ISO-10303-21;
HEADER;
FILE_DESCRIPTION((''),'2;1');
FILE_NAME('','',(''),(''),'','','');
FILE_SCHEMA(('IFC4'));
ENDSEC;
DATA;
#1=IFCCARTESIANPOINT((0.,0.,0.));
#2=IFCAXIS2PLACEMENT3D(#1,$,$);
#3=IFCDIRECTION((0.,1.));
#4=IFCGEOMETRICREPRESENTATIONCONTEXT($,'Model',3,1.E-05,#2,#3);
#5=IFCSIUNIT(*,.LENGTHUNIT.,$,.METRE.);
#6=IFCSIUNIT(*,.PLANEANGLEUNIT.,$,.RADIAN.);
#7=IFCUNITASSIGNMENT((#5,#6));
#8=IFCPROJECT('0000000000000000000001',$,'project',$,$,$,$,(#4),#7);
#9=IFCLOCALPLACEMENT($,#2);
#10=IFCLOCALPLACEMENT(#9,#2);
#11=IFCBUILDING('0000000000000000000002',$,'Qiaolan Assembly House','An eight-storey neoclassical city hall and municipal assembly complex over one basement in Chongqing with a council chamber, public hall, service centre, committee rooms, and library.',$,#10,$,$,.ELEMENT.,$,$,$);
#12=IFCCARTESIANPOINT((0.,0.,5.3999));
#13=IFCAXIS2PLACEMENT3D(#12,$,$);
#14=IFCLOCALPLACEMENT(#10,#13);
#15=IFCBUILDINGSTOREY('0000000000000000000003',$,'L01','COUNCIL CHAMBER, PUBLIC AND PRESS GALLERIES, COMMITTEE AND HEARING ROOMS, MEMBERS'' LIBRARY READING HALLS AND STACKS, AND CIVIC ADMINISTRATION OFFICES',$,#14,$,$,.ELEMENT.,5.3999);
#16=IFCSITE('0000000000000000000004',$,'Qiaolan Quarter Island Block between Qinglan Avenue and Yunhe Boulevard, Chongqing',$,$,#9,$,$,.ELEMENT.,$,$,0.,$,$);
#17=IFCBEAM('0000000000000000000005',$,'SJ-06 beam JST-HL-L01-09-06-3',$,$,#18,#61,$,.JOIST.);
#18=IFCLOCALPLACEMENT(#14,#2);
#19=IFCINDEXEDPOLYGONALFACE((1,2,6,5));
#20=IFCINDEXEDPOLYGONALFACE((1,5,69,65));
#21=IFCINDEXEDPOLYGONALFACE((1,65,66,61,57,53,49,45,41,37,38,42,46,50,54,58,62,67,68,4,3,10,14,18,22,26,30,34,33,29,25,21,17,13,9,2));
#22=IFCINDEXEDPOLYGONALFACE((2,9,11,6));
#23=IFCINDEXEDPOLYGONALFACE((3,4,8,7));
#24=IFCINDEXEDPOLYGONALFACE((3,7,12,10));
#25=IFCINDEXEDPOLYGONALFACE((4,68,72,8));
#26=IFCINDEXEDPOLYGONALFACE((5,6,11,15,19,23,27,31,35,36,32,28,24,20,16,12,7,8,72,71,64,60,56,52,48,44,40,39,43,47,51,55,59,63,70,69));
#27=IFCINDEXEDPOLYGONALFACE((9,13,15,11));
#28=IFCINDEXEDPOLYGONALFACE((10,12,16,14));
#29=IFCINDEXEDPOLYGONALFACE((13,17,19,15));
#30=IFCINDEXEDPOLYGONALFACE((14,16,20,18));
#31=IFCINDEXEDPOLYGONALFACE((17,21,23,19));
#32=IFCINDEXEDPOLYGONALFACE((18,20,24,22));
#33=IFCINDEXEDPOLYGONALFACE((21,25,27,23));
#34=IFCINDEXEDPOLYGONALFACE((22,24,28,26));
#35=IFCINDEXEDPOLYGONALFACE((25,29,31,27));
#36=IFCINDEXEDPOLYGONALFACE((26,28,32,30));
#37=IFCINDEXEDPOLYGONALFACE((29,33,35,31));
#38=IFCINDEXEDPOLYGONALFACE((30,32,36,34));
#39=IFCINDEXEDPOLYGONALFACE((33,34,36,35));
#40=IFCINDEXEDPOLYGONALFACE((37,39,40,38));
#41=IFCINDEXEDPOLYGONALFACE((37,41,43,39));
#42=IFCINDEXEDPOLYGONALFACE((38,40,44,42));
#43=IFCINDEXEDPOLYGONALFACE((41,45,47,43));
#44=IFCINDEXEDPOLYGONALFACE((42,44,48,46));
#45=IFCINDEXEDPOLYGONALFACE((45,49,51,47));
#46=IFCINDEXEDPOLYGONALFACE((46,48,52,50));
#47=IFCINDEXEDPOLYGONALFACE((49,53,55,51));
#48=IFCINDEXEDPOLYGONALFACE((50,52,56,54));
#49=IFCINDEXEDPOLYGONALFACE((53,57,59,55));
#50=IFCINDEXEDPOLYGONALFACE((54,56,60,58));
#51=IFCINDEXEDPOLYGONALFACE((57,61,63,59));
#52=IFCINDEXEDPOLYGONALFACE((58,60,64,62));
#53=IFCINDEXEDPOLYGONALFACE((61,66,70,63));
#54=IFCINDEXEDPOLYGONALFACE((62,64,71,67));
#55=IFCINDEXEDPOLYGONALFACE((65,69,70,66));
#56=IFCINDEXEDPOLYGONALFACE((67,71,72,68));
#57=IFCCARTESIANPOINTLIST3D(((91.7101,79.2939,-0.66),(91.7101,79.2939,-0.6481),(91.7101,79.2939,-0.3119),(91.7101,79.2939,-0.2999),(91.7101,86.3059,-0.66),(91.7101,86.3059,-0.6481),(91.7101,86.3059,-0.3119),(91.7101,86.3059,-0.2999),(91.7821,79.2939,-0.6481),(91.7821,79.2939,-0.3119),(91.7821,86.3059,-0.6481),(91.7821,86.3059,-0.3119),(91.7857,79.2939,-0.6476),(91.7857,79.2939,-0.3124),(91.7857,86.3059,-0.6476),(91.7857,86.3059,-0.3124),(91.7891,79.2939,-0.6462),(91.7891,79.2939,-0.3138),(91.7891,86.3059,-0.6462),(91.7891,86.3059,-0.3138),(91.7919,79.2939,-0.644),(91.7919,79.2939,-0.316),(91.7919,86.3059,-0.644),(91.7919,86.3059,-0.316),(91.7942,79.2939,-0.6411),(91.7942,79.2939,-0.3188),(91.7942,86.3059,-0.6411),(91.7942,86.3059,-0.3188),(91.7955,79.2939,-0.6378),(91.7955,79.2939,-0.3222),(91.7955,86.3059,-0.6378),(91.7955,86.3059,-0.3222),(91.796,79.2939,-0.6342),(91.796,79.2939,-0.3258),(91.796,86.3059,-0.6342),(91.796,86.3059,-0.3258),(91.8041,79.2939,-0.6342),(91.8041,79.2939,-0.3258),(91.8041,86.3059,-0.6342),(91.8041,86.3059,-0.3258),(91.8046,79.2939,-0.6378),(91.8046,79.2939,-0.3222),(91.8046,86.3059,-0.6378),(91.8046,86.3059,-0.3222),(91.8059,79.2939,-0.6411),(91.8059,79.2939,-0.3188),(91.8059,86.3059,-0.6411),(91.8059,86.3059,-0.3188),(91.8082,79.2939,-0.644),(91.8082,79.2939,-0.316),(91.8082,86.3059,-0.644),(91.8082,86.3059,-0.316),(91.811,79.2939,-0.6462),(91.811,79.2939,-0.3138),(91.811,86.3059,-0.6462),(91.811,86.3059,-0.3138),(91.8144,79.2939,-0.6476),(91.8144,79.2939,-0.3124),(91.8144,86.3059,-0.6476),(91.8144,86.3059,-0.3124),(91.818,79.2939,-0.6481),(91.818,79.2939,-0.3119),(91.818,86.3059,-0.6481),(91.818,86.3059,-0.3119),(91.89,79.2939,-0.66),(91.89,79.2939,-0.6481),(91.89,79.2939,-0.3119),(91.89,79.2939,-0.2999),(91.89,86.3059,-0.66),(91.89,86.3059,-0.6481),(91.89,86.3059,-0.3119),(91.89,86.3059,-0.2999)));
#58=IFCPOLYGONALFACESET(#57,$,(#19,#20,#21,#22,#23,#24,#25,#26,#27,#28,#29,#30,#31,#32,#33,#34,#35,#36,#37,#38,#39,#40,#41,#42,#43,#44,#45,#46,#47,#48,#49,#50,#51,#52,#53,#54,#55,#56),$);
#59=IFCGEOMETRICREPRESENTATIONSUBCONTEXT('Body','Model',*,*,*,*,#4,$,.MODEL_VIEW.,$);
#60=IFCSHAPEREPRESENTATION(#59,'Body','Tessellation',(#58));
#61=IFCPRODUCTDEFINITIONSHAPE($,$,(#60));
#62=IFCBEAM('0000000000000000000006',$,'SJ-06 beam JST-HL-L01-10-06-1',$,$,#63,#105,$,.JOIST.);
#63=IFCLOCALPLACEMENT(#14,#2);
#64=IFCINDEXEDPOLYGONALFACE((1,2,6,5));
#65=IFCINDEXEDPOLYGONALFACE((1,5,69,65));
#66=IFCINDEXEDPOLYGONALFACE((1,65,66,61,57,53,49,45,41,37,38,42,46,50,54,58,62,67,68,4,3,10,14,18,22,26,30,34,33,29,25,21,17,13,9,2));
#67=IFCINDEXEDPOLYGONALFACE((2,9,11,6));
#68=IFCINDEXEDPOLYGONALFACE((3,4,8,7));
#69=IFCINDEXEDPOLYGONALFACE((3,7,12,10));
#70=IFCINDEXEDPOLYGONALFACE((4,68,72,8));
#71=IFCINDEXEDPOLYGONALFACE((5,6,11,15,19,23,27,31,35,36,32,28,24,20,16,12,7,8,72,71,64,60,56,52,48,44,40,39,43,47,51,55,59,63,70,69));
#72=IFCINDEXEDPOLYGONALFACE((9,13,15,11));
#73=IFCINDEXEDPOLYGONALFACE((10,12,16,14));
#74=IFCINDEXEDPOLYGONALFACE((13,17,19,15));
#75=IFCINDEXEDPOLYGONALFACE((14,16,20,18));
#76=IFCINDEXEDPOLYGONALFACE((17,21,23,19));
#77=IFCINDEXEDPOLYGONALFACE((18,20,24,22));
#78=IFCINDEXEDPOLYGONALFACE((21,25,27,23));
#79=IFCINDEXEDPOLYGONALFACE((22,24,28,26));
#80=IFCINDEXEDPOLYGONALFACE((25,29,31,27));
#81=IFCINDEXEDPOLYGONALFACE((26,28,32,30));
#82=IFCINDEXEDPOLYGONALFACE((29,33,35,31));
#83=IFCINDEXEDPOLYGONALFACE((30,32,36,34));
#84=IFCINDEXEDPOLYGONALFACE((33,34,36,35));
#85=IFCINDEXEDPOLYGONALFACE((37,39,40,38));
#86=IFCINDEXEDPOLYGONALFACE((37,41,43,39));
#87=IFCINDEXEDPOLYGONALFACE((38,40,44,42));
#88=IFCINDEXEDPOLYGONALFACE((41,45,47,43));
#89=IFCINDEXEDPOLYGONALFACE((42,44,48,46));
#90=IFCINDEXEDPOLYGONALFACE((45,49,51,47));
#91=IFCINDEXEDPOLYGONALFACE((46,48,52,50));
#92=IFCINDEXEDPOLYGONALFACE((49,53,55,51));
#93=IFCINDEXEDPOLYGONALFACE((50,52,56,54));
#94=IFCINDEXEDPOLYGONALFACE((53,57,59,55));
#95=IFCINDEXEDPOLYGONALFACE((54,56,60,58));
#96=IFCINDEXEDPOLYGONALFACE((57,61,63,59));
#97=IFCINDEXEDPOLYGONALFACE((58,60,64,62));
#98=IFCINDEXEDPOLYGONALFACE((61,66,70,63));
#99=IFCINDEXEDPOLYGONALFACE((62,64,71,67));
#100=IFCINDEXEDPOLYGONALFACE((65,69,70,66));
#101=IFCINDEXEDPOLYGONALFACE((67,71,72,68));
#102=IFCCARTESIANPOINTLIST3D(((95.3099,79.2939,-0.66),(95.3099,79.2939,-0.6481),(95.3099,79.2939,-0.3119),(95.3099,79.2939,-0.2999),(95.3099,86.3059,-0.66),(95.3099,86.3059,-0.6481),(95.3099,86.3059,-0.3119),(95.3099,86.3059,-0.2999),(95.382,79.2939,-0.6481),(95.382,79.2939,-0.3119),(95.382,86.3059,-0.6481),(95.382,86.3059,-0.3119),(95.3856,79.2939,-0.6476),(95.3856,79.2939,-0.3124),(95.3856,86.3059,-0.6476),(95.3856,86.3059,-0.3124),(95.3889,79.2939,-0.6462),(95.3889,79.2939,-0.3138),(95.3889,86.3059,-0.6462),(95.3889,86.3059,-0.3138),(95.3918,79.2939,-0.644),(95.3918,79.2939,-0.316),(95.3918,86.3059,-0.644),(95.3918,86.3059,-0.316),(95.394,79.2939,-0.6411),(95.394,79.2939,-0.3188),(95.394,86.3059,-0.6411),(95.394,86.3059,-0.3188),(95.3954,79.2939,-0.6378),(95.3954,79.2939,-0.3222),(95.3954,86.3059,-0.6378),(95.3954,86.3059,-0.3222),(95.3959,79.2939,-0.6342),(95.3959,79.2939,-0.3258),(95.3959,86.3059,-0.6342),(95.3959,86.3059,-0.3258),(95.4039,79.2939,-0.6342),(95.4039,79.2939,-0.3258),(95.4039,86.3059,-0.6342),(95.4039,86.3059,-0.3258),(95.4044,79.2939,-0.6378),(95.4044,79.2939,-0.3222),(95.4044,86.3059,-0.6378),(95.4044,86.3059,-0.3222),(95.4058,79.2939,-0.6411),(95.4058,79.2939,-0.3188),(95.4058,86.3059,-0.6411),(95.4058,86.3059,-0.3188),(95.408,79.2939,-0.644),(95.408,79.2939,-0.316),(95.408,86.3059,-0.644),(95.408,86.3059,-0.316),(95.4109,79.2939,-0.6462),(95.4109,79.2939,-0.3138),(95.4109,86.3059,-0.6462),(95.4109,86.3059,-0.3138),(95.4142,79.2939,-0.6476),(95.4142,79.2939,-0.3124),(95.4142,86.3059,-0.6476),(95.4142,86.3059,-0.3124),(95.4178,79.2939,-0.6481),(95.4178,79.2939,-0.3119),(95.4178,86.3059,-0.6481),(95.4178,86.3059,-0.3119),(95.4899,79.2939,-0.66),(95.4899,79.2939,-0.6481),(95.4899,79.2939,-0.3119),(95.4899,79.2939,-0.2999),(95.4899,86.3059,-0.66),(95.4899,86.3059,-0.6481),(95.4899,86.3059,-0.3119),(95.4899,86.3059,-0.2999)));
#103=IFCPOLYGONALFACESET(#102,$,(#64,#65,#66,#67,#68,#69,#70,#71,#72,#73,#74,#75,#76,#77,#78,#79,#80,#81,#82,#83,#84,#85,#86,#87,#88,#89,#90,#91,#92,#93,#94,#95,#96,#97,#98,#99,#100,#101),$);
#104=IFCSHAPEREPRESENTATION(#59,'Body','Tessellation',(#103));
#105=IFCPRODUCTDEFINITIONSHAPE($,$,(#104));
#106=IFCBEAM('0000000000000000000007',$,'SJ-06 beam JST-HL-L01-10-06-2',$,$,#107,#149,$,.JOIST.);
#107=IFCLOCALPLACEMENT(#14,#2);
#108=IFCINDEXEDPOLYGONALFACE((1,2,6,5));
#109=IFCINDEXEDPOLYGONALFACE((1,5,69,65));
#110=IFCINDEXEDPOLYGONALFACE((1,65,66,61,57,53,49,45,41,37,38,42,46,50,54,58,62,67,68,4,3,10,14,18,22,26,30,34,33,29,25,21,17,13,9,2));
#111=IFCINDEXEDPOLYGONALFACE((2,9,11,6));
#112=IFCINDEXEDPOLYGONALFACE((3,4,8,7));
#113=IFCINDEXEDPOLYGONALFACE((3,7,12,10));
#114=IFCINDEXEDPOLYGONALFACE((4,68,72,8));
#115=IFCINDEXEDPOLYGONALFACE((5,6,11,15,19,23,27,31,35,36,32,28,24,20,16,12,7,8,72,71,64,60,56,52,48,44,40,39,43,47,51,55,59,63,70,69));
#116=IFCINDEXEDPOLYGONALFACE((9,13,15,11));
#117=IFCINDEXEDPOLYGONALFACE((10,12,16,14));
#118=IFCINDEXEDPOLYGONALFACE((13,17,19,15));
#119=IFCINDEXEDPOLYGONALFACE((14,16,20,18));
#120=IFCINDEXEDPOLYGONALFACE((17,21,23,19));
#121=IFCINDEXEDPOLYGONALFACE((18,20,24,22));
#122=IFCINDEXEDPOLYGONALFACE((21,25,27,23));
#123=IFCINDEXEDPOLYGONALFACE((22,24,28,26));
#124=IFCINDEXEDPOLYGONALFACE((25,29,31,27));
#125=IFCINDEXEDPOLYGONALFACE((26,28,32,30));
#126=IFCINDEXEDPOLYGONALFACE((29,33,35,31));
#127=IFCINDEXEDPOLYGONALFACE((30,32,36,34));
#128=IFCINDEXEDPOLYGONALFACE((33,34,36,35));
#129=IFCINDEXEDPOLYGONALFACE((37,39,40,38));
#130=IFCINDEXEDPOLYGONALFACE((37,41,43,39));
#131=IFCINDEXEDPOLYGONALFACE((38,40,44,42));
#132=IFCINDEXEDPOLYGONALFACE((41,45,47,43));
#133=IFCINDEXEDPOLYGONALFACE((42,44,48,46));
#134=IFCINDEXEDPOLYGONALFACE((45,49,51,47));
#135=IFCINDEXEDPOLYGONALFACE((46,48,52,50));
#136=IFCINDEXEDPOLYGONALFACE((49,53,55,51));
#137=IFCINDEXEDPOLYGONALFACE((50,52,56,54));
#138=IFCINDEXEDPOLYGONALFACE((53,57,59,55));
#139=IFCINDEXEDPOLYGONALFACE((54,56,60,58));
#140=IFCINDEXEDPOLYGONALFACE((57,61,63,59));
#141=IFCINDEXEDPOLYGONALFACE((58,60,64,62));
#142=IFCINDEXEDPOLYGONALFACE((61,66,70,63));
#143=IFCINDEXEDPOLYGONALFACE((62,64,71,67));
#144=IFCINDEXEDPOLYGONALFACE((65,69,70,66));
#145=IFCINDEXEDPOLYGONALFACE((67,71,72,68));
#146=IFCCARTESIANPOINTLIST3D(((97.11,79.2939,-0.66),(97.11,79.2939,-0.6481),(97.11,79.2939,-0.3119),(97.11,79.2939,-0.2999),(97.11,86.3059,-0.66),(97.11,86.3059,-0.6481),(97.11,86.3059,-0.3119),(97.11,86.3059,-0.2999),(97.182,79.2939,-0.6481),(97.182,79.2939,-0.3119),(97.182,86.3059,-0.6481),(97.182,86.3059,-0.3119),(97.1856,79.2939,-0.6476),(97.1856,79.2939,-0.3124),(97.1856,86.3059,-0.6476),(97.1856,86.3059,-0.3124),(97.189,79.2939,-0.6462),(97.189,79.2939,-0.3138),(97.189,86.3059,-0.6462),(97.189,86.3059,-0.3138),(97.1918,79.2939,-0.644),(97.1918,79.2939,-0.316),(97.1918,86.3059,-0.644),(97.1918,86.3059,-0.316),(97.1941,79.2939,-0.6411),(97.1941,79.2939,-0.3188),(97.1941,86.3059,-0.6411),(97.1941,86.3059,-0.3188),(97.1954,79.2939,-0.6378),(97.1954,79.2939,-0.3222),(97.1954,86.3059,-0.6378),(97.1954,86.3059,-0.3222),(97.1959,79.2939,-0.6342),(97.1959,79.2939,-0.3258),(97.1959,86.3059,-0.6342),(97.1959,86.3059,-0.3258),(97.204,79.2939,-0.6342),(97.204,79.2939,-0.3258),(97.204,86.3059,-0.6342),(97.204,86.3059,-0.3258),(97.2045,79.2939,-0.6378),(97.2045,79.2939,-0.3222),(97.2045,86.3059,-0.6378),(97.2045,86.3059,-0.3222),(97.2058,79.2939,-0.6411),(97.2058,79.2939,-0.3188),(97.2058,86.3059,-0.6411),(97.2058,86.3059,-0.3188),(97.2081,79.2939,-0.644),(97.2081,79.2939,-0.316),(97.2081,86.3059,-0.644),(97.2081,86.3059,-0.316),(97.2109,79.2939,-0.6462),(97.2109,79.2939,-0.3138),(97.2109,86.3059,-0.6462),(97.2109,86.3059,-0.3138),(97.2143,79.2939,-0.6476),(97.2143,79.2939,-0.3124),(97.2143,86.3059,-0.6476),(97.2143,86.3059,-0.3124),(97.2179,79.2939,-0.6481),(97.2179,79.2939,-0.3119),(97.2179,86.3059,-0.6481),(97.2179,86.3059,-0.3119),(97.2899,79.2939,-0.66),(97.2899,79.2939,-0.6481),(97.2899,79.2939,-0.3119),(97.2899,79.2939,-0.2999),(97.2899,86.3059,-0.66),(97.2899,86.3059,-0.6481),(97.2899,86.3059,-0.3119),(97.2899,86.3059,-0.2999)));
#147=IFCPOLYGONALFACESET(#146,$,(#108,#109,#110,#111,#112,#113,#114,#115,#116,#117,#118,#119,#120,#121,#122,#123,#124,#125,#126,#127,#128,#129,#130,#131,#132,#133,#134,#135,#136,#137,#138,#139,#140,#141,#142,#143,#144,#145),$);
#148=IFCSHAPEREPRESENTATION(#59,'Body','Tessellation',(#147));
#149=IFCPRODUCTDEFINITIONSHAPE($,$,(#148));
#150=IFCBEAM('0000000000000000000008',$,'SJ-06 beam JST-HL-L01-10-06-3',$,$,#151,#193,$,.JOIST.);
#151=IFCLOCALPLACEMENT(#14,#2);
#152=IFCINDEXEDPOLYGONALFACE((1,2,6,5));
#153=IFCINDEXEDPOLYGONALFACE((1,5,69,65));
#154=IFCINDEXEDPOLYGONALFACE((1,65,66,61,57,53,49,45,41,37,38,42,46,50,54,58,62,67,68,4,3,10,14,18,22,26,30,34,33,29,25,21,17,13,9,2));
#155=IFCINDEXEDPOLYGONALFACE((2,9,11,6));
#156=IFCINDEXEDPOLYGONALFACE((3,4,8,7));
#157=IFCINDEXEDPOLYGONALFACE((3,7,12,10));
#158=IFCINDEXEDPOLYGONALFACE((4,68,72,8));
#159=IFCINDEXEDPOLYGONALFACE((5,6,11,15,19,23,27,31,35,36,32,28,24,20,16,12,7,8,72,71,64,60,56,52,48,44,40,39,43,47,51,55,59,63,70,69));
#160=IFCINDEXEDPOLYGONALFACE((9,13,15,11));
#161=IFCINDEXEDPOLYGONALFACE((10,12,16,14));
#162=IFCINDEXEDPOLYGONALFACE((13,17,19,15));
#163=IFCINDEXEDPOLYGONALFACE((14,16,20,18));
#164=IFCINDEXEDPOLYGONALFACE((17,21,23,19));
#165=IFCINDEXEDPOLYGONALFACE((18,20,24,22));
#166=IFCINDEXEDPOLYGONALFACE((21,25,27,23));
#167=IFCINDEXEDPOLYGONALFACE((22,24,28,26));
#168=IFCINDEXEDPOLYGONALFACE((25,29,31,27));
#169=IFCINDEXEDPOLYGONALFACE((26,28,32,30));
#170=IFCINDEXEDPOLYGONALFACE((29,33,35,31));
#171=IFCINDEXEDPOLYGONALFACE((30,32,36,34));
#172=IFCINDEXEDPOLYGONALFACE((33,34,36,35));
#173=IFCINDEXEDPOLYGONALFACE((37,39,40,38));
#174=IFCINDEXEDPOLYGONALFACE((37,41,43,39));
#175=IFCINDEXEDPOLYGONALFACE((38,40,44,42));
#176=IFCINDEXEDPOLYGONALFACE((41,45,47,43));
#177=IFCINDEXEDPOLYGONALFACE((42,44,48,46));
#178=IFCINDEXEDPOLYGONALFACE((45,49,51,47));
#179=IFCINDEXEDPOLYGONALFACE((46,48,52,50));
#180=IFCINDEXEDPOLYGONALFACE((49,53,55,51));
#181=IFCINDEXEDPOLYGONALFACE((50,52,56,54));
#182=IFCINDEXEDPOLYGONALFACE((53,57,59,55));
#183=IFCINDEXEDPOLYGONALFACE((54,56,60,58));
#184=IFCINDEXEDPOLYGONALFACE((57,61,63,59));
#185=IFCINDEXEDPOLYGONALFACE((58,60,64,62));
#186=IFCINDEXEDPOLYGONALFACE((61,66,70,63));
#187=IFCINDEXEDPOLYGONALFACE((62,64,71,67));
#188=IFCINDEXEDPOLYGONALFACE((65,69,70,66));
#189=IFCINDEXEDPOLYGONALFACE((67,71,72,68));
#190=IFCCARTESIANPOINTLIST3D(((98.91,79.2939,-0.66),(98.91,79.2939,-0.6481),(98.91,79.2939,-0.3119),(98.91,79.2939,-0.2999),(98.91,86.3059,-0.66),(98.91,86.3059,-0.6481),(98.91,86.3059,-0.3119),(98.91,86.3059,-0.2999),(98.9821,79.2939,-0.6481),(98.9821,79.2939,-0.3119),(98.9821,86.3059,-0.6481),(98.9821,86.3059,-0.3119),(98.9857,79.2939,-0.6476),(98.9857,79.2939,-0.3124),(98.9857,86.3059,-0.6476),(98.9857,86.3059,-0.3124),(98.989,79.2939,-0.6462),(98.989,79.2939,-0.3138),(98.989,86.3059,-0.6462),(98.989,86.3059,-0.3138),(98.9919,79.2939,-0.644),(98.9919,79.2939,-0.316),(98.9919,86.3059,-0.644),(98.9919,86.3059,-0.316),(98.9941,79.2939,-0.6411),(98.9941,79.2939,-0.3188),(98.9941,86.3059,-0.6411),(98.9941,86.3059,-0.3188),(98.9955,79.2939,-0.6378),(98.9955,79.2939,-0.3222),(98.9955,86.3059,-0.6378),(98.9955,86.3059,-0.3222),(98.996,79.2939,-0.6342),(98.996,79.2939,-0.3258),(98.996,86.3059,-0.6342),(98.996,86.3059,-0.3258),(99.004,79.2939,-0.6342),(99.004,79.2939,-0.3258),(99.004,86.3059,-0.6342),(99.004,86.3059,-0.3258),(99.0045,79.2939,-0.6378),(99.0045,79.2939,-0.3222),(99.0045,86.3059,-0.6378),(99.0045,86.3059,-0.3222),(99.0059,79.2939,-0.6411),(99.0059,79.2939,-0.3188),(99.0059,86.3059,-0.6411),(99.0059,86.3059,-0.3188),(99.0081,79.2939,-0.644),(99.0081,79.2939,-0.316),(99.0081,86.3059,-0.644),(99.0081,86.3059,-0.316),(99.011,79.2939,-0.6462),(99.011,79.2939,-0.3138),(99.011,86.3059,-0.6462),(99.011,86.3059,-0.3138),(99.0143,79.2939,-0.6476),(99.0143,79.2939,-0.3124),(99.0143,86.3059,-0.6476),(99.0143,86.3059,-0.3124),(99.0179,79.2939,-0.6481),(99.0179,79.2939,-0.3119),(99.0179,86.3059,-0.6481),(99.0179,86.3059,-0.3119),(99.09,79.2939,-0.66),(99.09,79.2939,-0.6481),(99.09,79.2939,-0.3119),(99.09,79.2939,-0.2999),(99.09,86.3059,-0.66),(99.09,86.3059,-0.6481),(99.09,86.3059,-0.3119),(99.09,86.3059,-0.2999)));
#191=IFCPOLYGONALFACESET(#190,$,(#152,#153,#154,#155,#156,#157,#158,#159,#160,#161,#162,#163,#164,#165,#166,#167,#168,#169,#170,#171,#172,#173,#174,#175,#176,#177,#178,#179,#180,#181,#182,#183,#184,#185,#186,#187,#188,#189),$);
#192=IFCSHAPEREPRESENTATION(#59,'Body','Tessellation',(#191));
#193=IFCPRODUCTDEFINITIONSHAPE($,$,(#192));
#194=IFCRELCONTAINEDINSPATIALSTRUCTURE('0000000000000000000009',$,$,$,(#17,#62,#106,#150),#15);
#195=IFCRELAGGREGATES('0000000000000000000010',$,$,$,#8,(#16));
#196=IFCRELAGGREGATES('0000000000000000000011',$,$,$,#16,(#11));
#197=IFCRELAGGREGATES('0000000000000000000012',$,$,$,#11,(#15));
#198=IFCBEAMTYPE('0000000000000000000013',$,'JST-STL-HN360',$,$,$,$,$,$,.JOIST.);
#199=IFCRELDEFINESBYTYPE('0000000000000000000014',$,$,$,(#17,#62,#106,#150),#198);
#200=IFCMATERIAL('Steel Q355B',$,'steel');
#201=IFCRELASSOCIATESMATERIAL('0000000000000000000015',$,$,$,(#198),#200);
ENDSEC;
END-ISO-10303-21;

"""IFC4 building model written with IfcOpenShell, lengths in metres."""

from ifc_helpers import new_model, si_unit, direction, frame, origin, origin_2d, place, context, subcontext, project, spatial, i_section, extrude, material, material_profile, profile_set, type_object, element, save


model = new_model("IFC4")

# Units and contexts
model_context = context("Model", 3, precision=1e-05, world=origin(), true_north=direction((0.0, 1.0)))
body_context = subcontext(model_context, "Body", "Model", "MODEL_VIEW")
ifc_project = project(units=[si_unit("LENGTHUNIT", "METRE"), si_unit("PLANEANGLEUNIT", "RADIAN")], contexts=[model_context])

# Site, building, storey
site_placement = place(None, origin())
site = spatial("IfcSite", under=ifc_project, at=site_placement, Name="Qiaolan Quarter Island Block between Qinglan Avenue and Yunhe Boulevard, Chongqing", CompositionType="ELEMENT", RefElevation=0.0)
building_placement = place(site_placement, origin())
building = spatial("IfcBuilding", under=site, at=building_placement, Name="Qiaolan Assembly House", Description="An eight-storey neoclassical city hall and municipal assembly complex over one basement in Chongqing with a council chamber, public hall, service centre, committee rooms, and library.", CompositionType="ELEMENT")
storey_placement = place(building_placement, frame((0.0, 0.0, 5.3999)))
storey = spatial("IfcBuildingStorey", under=building, at=storey_placement, Name="L01", Description="COUNCIL CHAMBER, PUBLIC AND PRESS GALLERIES, COMMITTEE AND HEARING ROOMS, MEMBERS' LIBRARY READING HALLS AND STACKS, AND CIVIC ADMINISTRATION OFFICES", CompositionType="ELEMENT", Elevation=5.3999)

# Shared definitions
ifc_material_1 = material(Name="Steel Q355B", Category="steel")

# Beams
ifc_material_profile_1 = material_profile(ifc_material_1, i_section(OverallWidth=0.1799, OverallDepth=0.3601, WebThickness=0.0081, FlangeThickness=0.012, FilletRadius=0.0139, at=origin_2d()), Name="HN 360x180x8x12")
ifc_profile_set_1 = profile_set([ifc_material_profile_1], Name="Steel Q355B")
beam_type_1 = type_object("IfcBeamType", Name="JST-STL-HN360", PredefinedType="JOIST", material=ifc_profile_set_1)
for number, where, z_axis, x_axis, name in (
    (1, (91.8, 79.2939, -0.48), (0.0, 1.0, 0.0), (-1.0, 0.0, 0.0), "SJ-06 beam JST-HL-L01-09-06-3"),
    (2, (95.3999, 79.2939, -0.48), (0.0, 1.0, 0.0), (-1.0, 0.0, 0.0), "SJ-06 beam JST-HL-L01-10-06-1"),
    (3, (97.2, 79.2939, -0.48), (0.0, 1.0, 0.0), (-1.0, 0.0, 0.0), "SJ-06 beam JST-HL-L01-10-06-2"),
    (4, (99.0, 79.2939, -0.48), (0.0, 1.0, 0.0), (-1.0, 0.0, 0.0), "SJ-06 beam JST-HL-L01-10-06-3"),
):
    element("IfcBeam", number, at=place(storey_placement, frame(where, z_axis=z_axis, x_axis=x_axis)), inside=storey, type_object=beam_type_1, Name=name, PredefinedType="JOIST", context=body_context, shape_type="SweptSolid", body=[
        extrude(i_section(OverallWidth=0.1799, OverallDepth=0.3601, WebThickness=0.0081, FlangeThickness=0.012, FilletRadius=0.0139, at=origin_2d()), origin(), (0.0, 0.0, 1.0), 7.012),
    ])

save(model, "model.ifc")
